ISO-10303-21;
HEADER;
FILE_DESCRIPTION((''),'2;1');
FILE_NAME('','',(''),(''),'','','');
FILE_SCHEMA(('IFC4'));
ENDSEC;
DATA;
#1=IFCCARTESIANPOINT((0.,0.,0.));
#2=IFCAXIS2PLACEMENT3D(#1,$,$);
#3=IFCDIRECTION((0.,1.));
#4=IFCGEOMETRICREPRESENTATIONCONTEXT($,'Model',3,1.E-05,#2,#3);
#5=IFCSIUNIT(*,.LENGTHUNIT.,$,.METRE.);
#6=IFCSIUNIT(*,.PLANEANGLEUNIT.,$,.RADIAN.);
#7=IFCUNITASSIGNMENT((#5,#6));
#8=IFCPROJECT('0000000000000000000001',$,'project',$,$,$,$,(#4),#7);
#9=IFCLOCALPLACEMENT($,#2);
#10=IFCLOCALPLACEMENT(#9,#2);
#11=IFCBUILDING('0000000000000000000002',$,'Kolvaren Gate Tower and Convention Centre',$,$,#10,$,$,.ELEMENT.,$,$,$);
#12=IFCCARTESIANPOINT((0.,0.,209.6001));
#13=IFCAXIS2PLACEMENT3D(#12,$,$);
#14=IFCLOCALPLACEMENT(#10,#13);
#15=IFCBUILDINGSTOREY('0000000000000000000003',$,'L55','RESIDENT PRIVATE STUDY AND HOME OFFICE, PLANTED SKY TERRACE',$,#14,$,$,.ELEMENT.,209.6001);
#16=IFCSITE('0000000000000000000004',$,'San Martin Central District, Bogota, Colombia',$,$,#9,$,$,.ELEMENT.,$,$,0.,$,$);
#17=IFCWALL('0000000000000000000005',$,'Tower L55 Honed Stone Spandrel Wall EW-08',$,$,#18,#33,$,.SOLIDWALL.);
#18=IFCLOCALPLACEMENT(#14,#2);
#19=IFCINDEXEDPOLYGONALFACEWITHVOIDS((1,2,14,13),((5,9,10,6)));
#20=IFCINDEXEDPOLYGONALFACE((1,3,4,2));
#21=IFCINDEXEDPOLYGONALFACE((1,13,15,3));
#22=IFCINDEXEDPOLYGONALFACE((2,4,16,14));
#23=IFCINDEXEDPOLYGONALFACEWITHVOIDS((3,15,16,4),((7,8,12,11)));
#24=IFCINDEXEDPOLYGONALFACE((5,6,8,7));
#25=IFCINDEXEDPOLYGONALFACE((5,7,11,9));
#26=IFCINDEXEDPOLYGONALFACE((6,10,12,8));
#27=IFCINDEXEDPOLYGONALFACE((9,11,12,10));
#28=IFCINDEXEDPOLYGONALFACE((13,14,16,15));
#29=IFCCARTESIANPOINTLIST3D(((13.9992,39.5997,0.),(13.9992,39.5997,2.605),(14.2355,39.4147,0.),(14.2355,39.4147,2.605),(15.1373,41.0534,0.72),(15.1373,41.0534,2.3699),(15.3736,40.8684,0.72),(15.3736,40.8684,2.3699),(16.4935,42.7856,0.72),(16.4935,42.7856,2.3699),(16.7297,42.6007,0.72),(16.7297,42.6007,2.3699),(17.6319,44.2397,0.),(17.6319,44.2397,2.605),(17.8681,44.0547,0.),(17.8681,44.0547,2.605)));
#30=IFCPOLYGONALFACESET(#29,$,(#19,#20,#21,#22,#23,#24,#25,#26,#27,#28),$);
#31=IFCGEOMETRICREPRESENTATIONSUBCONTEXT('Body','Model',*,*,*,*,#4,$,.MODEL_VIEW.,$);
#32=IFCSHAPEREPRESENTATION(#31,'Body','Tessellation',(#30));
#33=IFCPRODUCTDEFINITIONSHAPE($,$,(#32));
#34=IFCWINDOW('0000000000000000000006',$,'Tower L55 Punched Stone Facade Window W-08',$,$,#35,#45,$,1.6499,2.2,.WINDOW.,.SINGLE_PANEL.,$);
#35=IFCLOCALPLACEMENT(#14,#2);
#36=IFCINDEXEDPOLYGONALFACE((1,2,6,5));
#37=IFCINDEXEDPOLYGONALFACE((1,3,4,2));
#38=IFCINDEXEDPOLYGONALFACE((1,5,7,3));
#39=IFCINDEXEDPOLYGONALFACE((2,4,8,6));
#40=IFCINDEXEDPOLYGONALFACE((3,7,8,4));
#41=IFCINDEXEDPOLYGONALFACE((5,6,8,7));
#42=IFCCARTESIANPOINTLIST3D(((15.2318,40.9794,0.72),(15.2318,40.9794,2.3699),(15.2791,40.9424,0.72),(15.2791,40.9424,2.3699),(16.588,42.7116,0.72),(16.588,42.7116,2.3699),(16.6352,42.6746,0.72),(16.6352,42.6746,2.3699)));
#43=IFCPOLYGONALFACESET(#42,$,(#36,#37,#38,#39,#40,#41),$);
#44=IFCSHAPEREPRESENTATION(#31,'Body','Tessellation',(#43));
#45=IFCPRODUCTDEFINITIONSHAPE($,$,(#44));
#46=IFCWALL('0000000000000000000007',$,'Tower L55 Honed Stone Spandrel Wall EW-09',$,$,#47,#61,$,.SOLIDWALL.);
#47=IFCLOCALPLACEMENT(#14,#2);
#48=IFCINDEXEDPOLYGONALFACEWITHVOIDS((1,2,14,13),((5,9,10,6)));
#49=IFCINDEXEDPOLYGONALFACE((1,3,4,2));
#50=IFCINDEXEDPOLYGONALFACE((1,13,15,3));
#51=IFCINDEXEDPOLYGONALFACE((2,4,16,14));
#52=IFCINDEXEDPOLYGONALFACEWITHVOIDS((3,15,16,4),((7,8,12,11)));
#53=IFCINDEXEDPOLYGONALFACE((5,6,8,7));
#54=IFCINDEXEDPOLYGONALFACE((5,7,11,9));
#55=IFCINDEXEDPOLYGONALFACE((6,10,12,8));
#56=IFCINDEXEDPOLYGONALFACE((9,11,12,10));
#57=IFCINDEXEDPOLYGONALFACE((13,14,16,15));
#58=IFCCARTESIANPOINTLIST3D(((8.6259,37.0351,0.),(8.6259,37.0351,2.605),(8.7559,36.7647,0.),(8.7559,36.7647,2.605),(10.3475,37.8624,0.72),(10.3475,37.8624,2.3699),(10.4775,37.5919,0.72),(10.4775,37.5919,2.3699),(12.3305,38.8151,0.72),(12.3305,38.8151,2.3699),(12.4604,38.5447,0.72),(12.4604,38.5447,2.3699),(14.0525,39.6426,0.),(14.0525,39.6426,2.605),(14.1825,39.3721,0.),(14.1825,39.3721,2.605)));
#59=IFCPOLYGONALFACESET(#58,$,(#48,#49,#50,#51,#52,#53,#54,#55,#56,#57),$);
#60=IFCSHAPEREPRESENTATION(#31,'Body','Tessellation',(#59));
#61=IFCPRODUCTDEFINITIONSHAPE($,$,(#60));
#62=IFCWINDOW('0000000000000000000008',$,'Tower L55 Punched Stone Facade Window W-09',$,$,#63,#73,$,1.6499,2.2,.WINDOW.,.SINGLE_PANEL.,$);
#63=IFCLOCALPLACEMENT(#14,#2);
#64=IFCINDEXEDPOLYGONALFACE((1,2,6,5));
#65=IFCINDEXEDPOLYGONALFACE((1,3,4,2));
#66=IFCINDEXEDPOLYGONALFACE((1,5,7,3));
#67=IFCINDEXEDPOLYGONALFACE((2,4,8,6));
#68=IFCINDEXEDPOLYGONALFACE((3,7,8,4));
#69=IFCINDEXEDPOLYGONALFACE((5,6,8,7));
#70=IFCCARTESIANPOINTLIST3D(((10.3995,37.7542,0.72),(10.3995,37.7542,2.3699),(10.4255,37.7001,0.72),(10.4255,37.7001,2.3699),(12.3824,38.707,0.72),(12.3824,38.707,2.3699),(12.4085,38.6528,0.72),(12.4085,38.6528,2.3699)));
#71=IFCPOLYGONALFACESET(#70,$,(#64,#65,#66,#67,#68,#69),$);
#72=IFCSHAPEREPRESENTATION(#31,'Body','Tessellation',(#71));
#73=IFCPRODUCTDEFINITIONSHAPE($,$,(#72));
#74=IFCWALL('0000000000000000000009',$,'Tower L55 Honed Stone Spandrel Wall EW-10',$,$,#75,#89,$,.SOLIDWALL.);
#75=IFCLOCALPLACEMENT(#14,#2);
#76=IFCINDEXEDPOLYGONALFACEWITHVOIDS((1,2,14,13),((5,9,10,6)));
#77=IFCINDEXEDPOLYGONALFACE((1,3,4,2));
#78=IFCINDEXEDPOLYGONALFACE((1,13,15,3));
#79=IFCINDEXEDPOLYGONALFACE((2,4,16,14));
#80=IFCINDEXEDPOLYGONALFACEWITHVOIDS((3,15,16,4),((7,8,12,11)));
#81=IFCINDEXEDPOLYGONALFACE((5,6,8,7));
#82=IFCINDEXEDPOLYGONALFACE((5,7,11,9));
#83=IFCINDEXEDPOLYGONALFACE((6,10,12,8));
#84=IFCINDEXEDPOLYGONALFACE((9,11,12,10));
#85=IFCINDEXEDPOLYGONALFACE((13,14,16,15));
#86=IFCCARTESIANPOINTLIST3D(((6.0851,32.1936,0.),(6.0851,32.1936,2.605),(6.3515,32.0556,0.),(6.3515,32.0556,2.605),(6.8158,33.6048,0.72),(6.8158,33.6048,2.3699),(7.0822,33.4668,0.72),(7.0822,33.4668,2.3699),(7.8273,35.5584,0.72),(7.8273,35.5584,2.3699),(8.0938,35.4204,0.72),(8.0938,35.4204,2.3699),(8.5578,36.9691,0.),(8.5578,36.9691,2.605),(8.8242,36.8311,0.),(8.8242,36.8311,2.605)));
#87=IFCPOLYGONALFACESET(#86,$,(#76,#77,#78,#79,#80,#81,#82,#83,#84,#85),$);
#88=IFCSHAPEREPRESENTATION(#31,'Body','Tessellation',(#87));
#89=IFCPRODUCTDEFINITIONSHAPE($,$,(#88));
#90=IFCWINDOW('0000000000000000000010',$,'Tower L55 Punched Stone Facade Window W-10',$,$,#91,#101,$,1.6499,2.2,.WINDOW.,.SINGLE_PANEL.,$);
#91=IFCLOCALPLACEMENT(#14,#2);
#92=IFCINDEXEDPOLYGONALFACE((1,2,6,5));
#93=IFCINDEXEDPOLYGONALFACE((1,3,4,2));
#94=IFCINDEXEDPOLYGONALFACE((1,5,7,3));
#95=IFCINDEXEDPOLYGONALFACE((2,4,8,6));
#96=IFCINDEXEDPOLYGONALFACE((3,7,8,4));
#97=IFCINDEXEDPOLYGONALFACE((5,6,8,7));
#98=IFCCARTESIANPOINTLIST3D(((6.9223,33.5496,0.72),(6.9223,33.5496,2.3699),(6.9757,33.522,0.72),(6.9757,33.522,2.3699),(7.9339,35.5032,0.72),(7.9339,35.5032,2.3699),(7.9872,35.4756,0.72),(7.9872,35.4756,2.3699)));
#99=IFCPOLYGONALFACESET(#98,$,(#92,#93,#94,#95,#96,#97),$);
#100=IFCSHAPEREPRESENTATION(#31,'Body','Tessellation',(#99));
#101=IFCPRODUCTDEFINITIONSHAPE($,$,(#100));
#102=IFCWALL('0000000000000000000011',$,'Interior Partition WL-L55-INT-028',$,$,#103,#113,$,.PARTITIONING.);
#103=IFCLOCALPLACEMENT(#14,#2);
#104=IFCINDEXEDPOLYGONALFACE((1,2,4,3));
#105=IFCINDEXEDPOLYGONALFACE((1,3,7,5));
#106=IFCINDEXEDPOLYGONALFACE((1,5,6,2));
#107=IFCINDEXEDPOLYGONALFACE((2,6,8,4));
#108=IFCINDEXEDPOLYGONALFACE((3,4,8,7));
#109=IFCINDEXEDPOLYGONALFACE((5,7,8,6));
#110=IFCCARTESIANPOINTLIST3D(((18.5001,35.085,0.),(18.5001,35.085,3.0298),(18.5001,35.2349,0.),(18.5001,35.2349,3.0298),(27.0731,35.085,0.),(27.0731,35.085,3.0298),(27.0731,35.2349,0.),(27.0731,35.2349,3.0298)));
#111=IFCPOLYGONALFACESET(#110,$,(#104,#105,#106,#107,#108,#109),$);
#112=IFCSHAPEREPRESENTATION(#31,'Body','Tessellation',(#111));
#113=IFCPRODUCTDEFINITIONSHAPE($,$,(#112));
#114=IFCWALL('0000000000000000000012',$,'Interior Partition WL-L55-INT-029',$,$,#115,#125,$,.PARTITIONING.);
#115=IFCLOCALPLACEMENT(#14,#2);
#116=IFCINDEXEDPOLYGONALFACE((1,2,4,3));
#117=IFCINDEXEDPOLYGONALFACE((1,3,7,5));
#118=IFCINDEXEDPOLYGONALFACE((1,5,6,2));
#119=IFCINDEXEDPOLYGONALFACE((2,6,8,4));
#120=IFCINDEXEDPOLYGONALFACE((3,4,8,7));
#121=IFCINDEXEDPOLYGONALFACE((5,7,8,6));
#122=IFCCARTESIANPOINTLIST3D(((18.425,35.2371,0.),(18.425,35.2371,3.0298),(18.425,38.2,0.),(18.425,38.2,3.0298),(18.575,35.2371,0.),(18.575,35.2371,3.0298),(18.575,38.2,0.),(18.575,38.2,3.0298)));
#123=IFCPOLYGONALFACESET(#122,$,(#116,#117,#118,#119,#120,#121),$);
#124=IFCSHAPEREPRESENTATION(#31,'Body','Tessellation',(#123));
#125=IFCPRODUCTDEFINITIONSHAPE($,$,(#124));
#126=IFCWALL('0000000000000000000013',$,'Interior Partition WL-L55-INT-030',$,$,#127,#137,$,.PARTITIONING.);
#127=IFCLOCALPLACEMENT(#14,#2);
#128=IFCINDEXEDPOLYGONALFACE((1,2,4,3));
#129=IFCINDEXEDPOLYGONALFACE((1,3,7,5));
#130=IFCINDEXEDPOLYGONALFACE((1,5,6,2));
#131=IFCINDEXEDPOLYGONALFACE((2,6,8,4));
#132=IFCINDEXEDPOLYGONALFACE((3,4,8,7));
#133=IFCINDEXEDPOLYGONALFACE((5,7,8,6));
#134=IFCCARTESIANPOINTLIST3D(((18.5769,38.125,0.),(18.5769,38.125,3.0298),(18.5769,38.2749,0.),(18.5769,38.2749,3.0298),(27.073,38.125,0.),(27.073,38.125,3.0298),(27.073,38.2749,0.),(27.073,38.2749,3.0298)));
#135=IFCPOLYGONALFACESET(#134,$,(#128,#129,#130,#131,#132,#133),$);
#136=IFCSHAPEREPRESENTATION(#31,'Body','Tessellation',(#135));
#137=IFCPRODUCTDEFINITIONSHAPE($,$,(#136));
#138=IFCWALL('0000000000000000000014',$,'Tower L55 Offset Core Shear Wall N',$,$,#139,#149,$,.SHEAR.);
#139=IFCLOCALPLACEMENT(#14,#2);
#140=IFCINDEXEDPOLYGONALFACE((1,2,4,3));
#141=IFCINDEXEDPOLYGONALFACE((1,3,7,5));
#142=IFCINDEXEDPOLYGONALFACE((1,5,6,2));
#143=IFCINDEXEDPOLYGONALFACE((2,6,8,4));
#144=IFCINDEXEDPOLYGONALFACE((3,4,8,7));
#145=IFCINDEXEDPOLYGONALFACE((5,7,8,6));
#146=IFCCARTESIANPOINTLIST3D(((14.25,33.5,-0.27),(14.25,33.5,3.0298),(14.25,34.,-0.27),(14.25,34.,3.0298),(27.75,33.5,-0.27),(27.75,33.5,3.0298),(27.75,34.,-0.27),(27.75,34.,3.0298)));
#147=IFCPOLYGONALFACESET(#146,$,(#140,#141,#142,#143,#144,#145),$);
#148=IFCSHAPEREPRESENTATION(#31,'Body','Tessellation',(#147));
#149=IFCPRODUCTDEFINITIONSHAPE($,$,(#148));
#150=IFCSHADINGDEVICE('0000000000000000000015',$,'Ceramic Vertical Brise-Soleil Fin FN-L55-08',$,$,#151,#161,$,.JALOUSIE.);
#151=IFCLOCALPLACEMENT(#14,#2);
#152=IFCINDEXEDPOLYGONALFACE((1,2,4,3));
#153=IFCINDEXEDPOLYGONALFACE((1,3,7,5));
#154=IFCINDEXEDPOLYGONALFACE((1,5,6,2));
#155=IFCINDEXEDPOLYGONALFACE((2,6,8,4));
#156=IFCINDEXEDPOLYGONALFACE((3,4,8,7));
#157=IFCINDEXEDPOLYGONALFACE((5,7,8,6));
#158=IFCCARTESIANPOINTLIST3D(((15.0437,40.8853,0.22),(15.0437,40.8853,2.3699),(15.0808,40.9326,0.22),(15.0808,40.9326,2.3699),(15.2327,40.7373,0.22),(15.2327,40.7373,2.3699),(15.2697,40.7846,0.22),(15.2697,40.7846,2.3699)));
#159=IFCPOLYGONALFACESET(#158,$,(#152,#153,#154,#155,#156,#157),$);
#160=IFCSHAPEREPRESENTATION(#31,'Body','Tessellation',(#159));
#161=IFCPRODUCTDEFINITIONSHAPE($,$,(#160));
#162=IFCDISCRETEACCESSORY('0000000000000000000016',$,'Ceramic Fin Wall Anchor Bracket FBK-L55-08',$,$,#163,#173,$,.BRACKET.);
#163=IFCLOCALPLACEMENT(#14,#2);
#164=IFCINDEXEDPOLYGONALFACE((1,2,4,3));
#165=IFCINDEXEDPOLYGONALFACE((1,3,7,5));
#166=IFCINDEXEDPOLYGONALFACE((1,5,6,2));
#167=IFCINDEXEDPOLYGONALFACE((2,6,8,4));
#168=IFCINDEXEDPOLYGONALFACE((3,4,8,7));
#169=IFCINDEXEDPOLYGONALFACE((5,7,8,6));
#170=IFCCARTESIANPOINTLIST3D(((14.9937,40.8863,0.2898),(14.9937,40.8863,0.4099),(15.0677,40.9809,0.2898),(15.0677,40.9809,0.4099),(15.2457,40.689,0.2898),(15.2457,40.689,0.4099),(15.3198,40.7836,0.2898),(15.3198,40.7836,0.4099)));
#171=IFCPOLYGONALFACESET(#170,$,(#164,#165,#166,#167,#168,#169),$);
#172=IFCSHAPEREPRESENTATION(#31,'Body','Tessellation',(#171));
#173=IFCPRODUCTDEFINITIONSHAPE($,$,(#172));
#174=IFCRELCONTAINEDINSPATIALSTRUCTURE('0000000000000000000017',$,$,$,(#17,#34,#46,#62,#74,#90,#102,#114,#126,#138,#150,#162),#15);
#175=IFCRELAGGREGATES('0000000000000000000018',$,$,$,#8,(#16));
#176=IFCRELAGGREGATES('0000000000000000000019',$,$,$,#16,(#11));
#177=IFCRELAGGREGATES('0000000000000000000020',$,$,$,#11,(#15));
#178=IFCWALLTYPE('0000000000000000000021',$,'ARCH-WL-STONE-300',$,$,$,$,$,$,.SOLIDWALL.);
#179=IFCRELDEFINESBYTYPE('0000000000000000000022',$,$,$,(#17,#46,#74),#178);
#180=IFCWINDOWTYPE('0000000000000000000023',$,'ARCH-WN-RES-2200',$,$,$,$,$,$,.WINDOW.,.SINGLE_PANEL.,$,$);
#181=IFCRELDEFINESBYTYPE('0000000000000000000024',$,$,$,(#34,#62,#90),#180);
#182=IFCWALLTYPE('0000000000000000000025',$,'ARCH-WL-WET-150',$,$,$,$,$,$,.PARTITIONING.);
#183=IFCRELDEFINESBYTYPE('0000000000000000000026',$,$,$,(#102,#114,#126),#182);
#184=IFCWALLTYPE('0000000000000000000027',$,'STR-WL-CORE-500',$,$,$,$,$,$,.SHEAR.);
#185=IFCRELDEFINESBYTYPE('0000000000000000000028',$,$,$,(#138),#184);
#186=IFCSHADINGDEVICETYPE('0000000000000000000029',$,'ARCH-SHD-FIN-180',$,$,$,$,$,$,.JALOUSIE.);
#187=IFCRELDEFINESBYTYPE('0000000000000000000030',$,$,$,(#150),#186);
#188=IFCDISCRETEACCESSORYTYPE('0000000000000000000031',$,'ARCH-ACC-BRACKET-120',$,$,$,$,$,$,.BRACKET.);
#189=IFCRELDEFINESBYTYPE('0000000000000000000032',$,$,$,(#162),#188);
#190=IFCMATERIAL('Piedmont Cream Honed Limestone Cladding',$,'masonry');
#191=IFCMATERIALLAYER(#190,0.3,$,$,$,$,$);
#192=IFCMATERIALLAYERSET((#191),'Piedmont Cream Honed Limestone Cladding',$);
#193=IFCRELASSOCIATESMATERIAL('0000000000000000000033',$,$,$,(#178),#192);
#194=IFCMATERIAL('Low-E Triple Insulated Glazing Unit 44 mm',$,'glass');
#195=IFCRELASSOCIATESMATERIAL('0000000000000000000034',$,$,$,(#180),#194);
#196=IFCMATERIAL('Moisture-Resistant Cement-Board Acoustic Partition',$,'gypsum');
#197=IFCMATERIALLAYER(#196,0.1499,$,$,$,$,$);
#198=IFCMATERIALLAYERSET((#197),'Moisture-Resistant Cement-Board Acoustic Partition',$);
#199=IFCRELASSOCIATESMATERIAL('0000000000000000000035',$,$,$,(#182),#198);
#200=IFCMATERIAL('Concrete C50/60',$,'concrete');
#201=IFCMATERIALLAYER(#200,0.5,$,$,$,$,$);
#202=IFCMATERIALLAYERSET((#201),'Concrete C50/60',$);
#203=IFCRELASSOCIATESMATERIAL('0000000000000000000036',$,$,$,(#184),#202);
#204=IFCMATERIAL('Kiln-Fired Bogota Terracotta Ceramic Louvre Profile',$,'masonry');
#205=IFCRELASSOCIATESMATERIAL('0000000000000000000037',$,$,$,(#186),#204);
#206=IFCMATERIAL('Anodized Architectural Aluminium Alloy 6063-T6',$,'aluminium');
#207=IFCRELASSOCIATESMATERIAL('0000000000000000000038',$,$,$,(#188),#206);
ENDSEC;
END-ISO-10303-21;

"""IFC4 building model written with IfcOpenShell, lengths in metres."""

from ifc_helpers import new_model, si_unit, direction, frame, frame_2d, origin, origin_2d, place, context, subcontext, project, spatial, rectangle, extrude, material, layer, layer_set, type_object, element, fill, save


model = new_model("IFC4")

# Units and contexts
model_context = context("Model", 3, precision=1e-05, world=origin(), true_north=direction((0.0, 1.0)))
body_context = subcontext(model_context, "Body", "Model", "MODEL_VIEW")
ifc_project = project(units=[si_unit("LENGTHUNIT", "METRE"), si_unit("PLANEANGLEUNIT", "RADIAN")], contexts=[model_context])

# Site, building, storey
site_placement = place(None, origin())
site = spatial("IfcSite", under=ifc_project, at=site_placement, Name="San Martin Central District, Bogota, Colombia", CompositionType="ELEMENT", RefElevation=0.0)
building_placement = place(site_placement, origin())
building = spatial("IfcBuilding", under=site, at=building_placement, Name="Kolvaren Gate Tower and Convention Centre", CompositionType="ELEMENT")
storey_placement = place(building_placement, frame((0.0, 0.0, 209.6001)))
storey = spatial("IfcBuildingStorey", under=building, at=storey_placement, Name="L55", Description="RESIDENT PRIVATE STUDY AND HOME OFFICE, PLANTED SKY TERRACE", CompositionType="ELEMENT", Elevation=209.6001)

# Shared definitions
ifc_material_1 = material(Name="Piedmont Cream Honed Limestone Cladding", Category="masonry")

# Walls, openings, windows
ifc_layer_1 = layer(ifc_material_1, 0.3)
ifc_layer_set_1 = layer_set([ifc_layer_1], Name="Piedmont Cream Honed Limestone Cladding")
wall_type_1 = type_object("IfcWallType", Name="ARCH-WL-STONE-300", PredefinedType="SOLIDWALL", material=ifc_layer_set_1)
ifc_material_2 = material(Name="Low-E Triple Insulated Glazing Unit 44 mm", Category="glass")
window_type = type_object("IfcWindowType", Name="ARCH-WN-RES-2200", PartitioningType="SINGLE_PANEL", PredefinedType="WINDOW", material=ifc_material_2)
wall_1_placement = place(storey_placement, frame((14.1174, 39.5073, 0.0), z_axis=(0.0, 0.0, 1.0), x_axis=(0.61645, 0.787394, 0.0)))
wall_1 = element("IfcWall", 1, at=wall_1_placement, inside=storey, type_object=wall_type_1, Name="Tower L55 Honed Stone Spandrel Wall EW-08", PredefinedType="SOLIDWALL", context=body_context, shape_type="SweptSolid", body=[
    extrude(rectangle(XDim=5.8928, YDim=0.3, at=frame_2d((2.9463, 0.0))), origin(), (0.0, 0.0, 1.0), 2.605),
])
opening_1_placement = place(wall_1_placement, frame((1.8459, 0.0, 0.72)))
opening_1 = element("IfcOpeningElement", 2, at=opening_1_placement, cuts=wall_1, PredefinedType="OPENING", context=body_context, shape_type="SweptSolid", body=[
    extrude(rectangle(XDim=2.2, YDim=1.6499, at=frame_2d((1.1001, 0.825))), frame((0.0, 0.1599, 0.0), z_axis=(0.0, -1.0, 0.0), x_axis=(1.0, 0.0, 0.0)), (0.0, 0.0, 1.0), 0.3201),
])
window_1_placement = place(opening_1_placement, origin())
window_1 = element("IfcWindow", 3, at=window_1_placement, inside=storey, type_object=window_type, Name="Tower L55 Punched Stone Facade Window W-08", OverallHeight=1.6499, OverallWidth=2.2, PartitioningType="SINGLE_PANEL", PredefinedType="WINDOW", context=body_context, shape_type="SweptSolid", body=[
    extrude(rectangle(XDim=2.2, YDim=1.6499, at=frame_2d((1.1001, 0.825))), frame((0.0, 0.03, 0.0), z_axis=(0.0, -1.0, 0.0), x_axis=(1.0, 0.0, 0.0)), (0.0, 0.0, 1.0), 0.0601),
])
fill(opening_1, window_1)
wall_2_placement = place(storey_placement, frame((8.6909, 36.8999, 0.0), z_axis=(0.0, 0.0, 1.0), x_axis=(0.901348, 0.433095, 0.0)))
wall_2 = element("IfcWall", 4, at=wall_2_placement, inside=storey, type_object=wall_type_1, Name="Tower L55 Honed Stone Spandrel Wall EW-09", PredefinedType="SOLIDWALL", context=body_context, shape_type="SweptSolid", body=[
    extrude(rectangle(XDim=6.0205, YDim=0.3, at=frame_2d((3.0103, 0.0))), origin(), (0.0, 0.0, 1.0), 2.605),
])
opening_2_placement = place(wall_2_placement, frame((1.9099, 0.0, 0.72)))
opening_2 = element("IfcOpeningElement", 5, at=opening_2_placement, cuts=wall_2, PredefinedType="OPENING", context=body_context, shape_type="SweptSolid", body=[
    extrude(rectangle(XDim=2.2, YDim=1.6499, at=frame_2d((1.1001, 0.825))), frame((0.0, 0.1599, 0.0), z_axis=(0.0, -1.0, 0.0), x_axis=(1.0, 0.0, 0.0)), (0.0, 0.0, 1.0), 0.3201),
])
window_2_placement = place(opening_2_placement, origin())
window_2 = element("IfcWindow", 6, at=window_2_placement, inside=storey, type_object=window_type, Name="Tower L55 Punched Stone Facade Window W-09", OverallHeight=1.6499, OverallWidth=2.2, PartitioningType="SINGLE_PANEL", PredefinedType="WINDOW", context=body_context, shape_type="SweptSolid", body=[
    extrude(rectangle(XDim=2.2, YDim=1.6499, at=frame_2d((1.1001, 0.825))), frame((0.0, 0.03, 0.0), z_axis=(0.0, -1.0, 0.0), x_axis=(1.0, 0.0, 0.0)), (0.0, 0.0, 1.0), 0.0601),
])
fill(opening_2, window_2)
wall_3_placement = place(storey_placement, frame((6.2183, 32.1245, 0.0), z_axis=(0.0, 0.0, 1.0), x_axis=(0.459808, 0.888018, 0.0)))
wall_3 = element("IfcWall", 7, at=wall_3_placement, inside=storey, type_object=wall_type_1, Name="Tower L55 Honed Stone Spandrel Wall EW-10", PredefinedType="SOLIDWALL", context=body_context, shape_type="SweptSolid", body=[
    extrude(rectangle(XDim=5.3777, YDim=0.3, at=frame_2d((2.689, 0.0))), origin(), (0.0, 0.0, 1.0), 2.605),
])
opening_3_placement = place(wall_3_placement, frame((1.5891, 0.0, 0.72)))
opening_3 = element("IfcOpeningElement", 8, at=opening_3_placement, cuts=wall_3, PredefinedType="OPENING", context=body_context, shape_type="SweptSolid", body=[
    extrude(rectangle(XDim=2.2, YDim=1.6499, at=frame_2d((1.1001, 0.825))), frame((0.0, 0.1599, 0.0), z_axis=(0.0, -1.0, 0.0), x_axis=(1.0, 0.0, 0.0)), (0.0, 0.0, 1.0), 0.3201),
])
window_3_placement = place(opening_3_placement, origin())
window_3 = element("IfcWindow", 9, at=window_3_placement, inside=storey, type_object=window_type, Name="Tower L55 Punched Stone Facade Window W-10", OverallHeight=1.6499, OverallWidth=2.2, PartitioningType="SINGLE_PANEL", PredefinedType="WINDOW", context=body_context, shape_type="SweptSolid", body=[
    extrude(rectangle(XDim=2.2, YDim=1.6499, at=frame_2d((1.1001, 0.825))), frame((0.0, 0.03, 0.0), z_axis=(0.0, -1.0, 0.0), x_axis=(1.0, 0.0, 0.0)), (0.0, 0.0, 1.0), 0.0601),
])
fill(opening_3, window_3)

# Walls
ifc_material_3 = material(Name="Moisture-Resistant Cement-Board Acoustic Partition", Category="gypsum")
ifc_layer_2 = layer(ifc_material_3, 0.1499)
ifc_layer_set_2 = layer_set([ifc_layer_2], Name="Moisture-Resistant Cement-Board Acoustic Partition")
wall_type_2 = type_object("IfcWallType", Name="ARCH-WL-WET-150", PredefinedType="PARTITIONING", material=ifc_layer_set_2)
wall_4_placement = place(storey_placement, frame((18.5, 35.1599, 0.0), z_axis=(0.0, 0.0, 1.0), x_axis=(1.0, 0.0, 0.0)))
element("IfcWall", 10, at=wall_4_placement, inside=storey, type_object=wall_type_2, Name="Interior Partition WL-L55-INT-028", PredefinedType="PARTITIONING", context=body_context, shape_type="SweptSolid", body=[
    extrude(rectangle(XDim=8.573, YDim=0.1499, at=frame_2d((4.2866, 0.0))), origin(), (0.0, 0.0, 1.0), 3.0298),
])
wall_5_placement = place(storey_placement, frame((18.5, 35.2371, 0.0), z_axis=(0.0, 0.0, 1.0), x_axis=(0.0, 1.0, 0.0)))
element("IfcWall", 11, at=wall_5_placement, inside=storey, type_object=wall_type_2, Name="Interior Partition WL-L55-INT-029", PredefinedType="PARTITIONING", context=body_context, shape_type="SweptSolid", body=[
    extrude(rectangle(XDim=2.9629, YDim=0.1499, at=frame_2d((1.4814, 0.0))), origin(), (0.0, 0.0, 1.0), 3.0298),
])
wall_6_placement = place(storey_placement, frame((18.5769, 38.2, 0.0), z_axis=(0.0, 0.0, 1.0), x_axis=(1.0, 0.0, 0.0)))
element("IfcWall", 12, at=wall_6_placement, inside=storey, type_object=wall_type_2, Name="Interior Partition WL-L55-INT-030", PredefinedType="PARTITIONING", context=body_context, shape_type="SweptSolid", body=[
    extrude(rectangle(XDim=8.4961, YDim=0.1499, at=frame_2d((4.248, 0.0))), origin(), (0.0, 0.0, 1.0), 3.0298),
])
ifc_material_4 = material(Name="Concrete C50/60", Category="concrete")
ifc_layer_3 = layer(ifc_material_4, 0.5)
ifc_layer_set_3 = layer_set([ifc_layer_3], Name="Concrete C50/60")
wall_type_3 = type_object("IfcWallType", Name="STR-WL-CORE-500", PredefinedType="SHEAR", material=ifc_layer_set_3)
wall_7_placement = place(storey_placement, frame((14.25, 33.75, -0.27), z_axis=(0.0, 0.0, 1.0), x_axis=(1.0, 0.0, 0.0)))
element("IfcWall", 13, at=wall_7_placement, inside=storey, type_object=wall_type_3, Name="Tower L55 Offset Core Shear Wall N", PredefinedType="SHEAR", context=body_context, shape_type="SweptSolid", body=[
    extrude(rectangle(XDim=13.5, YDim=0.5, at=frame_2d((6.75, 0.0))), origin(), (0.0, 0.0, 1.0), 3.2998),
])

# Shading device
ifc_material_5 = material(Name="Kiln-Fired Bogota Terracotta Ceramic Louvre Profile", Category="masonry")
shading_device_type = type_object("IfcShadingDeviceType", Name="ARCH-SHD-FIN-180", PredefinedType="JALOUSIE", material=ifc_material_5)
shading_device_placement = place(storey_placement, frame((15.1567, 40.835, 0.22), z_axis=(0.0, 0.0, 1.0), x_axis=(0.616434, 0.787406, 0.0)))
element("IfcShadingDevice", 14, at=shading_device_placement, inside=storey, type_object=shading_device_type, Name="Ceramic Vertical Brise-Soleil Fin FN-L55-08", PredefinedType="JALOUSIE", context=body_context, shape_type="SweptSolid", body=[
    extrude(rectangle(XDim=0.0601, YDim=0.24, at=origin_2d()), origin(), (0.0, 0.0, 1.0), 2.1499),
])

# Discrete accessory
ifc_material_6 = material(Name="Anodized Architectural Aluminium Alloy 6063-T6", Category="aluminium")
discrete_accessory_type = type_object("IfcDiscreteAccessoryType", Name="ARCH-ACC-BRACKET-120", PredefinedType="BRACKET", material=ifc_material_6)
discrete_accessory_placement = place(storey_placement, frame((15.1567, 40.835, 0.2898), z_axis=(0.0, 0.0, 1.0), x_axis=(0.616434, 0.787406, 0.0)))
element("IfcDiscreteAccessory", 15, at=discrete_accessory_placement, inside=storey, type_object=discrete_accessory_type, Name="Ceramic Fin Wall Anchor Bracket FBK-L55-08", PredefinedType="BRACKET", context=body_context, shape_type="SweptSolid", body=[
    extrude(rectangle(XDim=0.1201, YDim=0.3201, at=origin_2d()), origin(), (0.0, 0.0, 1.0), 0.1201),
])

save(model, "model.ifc")
